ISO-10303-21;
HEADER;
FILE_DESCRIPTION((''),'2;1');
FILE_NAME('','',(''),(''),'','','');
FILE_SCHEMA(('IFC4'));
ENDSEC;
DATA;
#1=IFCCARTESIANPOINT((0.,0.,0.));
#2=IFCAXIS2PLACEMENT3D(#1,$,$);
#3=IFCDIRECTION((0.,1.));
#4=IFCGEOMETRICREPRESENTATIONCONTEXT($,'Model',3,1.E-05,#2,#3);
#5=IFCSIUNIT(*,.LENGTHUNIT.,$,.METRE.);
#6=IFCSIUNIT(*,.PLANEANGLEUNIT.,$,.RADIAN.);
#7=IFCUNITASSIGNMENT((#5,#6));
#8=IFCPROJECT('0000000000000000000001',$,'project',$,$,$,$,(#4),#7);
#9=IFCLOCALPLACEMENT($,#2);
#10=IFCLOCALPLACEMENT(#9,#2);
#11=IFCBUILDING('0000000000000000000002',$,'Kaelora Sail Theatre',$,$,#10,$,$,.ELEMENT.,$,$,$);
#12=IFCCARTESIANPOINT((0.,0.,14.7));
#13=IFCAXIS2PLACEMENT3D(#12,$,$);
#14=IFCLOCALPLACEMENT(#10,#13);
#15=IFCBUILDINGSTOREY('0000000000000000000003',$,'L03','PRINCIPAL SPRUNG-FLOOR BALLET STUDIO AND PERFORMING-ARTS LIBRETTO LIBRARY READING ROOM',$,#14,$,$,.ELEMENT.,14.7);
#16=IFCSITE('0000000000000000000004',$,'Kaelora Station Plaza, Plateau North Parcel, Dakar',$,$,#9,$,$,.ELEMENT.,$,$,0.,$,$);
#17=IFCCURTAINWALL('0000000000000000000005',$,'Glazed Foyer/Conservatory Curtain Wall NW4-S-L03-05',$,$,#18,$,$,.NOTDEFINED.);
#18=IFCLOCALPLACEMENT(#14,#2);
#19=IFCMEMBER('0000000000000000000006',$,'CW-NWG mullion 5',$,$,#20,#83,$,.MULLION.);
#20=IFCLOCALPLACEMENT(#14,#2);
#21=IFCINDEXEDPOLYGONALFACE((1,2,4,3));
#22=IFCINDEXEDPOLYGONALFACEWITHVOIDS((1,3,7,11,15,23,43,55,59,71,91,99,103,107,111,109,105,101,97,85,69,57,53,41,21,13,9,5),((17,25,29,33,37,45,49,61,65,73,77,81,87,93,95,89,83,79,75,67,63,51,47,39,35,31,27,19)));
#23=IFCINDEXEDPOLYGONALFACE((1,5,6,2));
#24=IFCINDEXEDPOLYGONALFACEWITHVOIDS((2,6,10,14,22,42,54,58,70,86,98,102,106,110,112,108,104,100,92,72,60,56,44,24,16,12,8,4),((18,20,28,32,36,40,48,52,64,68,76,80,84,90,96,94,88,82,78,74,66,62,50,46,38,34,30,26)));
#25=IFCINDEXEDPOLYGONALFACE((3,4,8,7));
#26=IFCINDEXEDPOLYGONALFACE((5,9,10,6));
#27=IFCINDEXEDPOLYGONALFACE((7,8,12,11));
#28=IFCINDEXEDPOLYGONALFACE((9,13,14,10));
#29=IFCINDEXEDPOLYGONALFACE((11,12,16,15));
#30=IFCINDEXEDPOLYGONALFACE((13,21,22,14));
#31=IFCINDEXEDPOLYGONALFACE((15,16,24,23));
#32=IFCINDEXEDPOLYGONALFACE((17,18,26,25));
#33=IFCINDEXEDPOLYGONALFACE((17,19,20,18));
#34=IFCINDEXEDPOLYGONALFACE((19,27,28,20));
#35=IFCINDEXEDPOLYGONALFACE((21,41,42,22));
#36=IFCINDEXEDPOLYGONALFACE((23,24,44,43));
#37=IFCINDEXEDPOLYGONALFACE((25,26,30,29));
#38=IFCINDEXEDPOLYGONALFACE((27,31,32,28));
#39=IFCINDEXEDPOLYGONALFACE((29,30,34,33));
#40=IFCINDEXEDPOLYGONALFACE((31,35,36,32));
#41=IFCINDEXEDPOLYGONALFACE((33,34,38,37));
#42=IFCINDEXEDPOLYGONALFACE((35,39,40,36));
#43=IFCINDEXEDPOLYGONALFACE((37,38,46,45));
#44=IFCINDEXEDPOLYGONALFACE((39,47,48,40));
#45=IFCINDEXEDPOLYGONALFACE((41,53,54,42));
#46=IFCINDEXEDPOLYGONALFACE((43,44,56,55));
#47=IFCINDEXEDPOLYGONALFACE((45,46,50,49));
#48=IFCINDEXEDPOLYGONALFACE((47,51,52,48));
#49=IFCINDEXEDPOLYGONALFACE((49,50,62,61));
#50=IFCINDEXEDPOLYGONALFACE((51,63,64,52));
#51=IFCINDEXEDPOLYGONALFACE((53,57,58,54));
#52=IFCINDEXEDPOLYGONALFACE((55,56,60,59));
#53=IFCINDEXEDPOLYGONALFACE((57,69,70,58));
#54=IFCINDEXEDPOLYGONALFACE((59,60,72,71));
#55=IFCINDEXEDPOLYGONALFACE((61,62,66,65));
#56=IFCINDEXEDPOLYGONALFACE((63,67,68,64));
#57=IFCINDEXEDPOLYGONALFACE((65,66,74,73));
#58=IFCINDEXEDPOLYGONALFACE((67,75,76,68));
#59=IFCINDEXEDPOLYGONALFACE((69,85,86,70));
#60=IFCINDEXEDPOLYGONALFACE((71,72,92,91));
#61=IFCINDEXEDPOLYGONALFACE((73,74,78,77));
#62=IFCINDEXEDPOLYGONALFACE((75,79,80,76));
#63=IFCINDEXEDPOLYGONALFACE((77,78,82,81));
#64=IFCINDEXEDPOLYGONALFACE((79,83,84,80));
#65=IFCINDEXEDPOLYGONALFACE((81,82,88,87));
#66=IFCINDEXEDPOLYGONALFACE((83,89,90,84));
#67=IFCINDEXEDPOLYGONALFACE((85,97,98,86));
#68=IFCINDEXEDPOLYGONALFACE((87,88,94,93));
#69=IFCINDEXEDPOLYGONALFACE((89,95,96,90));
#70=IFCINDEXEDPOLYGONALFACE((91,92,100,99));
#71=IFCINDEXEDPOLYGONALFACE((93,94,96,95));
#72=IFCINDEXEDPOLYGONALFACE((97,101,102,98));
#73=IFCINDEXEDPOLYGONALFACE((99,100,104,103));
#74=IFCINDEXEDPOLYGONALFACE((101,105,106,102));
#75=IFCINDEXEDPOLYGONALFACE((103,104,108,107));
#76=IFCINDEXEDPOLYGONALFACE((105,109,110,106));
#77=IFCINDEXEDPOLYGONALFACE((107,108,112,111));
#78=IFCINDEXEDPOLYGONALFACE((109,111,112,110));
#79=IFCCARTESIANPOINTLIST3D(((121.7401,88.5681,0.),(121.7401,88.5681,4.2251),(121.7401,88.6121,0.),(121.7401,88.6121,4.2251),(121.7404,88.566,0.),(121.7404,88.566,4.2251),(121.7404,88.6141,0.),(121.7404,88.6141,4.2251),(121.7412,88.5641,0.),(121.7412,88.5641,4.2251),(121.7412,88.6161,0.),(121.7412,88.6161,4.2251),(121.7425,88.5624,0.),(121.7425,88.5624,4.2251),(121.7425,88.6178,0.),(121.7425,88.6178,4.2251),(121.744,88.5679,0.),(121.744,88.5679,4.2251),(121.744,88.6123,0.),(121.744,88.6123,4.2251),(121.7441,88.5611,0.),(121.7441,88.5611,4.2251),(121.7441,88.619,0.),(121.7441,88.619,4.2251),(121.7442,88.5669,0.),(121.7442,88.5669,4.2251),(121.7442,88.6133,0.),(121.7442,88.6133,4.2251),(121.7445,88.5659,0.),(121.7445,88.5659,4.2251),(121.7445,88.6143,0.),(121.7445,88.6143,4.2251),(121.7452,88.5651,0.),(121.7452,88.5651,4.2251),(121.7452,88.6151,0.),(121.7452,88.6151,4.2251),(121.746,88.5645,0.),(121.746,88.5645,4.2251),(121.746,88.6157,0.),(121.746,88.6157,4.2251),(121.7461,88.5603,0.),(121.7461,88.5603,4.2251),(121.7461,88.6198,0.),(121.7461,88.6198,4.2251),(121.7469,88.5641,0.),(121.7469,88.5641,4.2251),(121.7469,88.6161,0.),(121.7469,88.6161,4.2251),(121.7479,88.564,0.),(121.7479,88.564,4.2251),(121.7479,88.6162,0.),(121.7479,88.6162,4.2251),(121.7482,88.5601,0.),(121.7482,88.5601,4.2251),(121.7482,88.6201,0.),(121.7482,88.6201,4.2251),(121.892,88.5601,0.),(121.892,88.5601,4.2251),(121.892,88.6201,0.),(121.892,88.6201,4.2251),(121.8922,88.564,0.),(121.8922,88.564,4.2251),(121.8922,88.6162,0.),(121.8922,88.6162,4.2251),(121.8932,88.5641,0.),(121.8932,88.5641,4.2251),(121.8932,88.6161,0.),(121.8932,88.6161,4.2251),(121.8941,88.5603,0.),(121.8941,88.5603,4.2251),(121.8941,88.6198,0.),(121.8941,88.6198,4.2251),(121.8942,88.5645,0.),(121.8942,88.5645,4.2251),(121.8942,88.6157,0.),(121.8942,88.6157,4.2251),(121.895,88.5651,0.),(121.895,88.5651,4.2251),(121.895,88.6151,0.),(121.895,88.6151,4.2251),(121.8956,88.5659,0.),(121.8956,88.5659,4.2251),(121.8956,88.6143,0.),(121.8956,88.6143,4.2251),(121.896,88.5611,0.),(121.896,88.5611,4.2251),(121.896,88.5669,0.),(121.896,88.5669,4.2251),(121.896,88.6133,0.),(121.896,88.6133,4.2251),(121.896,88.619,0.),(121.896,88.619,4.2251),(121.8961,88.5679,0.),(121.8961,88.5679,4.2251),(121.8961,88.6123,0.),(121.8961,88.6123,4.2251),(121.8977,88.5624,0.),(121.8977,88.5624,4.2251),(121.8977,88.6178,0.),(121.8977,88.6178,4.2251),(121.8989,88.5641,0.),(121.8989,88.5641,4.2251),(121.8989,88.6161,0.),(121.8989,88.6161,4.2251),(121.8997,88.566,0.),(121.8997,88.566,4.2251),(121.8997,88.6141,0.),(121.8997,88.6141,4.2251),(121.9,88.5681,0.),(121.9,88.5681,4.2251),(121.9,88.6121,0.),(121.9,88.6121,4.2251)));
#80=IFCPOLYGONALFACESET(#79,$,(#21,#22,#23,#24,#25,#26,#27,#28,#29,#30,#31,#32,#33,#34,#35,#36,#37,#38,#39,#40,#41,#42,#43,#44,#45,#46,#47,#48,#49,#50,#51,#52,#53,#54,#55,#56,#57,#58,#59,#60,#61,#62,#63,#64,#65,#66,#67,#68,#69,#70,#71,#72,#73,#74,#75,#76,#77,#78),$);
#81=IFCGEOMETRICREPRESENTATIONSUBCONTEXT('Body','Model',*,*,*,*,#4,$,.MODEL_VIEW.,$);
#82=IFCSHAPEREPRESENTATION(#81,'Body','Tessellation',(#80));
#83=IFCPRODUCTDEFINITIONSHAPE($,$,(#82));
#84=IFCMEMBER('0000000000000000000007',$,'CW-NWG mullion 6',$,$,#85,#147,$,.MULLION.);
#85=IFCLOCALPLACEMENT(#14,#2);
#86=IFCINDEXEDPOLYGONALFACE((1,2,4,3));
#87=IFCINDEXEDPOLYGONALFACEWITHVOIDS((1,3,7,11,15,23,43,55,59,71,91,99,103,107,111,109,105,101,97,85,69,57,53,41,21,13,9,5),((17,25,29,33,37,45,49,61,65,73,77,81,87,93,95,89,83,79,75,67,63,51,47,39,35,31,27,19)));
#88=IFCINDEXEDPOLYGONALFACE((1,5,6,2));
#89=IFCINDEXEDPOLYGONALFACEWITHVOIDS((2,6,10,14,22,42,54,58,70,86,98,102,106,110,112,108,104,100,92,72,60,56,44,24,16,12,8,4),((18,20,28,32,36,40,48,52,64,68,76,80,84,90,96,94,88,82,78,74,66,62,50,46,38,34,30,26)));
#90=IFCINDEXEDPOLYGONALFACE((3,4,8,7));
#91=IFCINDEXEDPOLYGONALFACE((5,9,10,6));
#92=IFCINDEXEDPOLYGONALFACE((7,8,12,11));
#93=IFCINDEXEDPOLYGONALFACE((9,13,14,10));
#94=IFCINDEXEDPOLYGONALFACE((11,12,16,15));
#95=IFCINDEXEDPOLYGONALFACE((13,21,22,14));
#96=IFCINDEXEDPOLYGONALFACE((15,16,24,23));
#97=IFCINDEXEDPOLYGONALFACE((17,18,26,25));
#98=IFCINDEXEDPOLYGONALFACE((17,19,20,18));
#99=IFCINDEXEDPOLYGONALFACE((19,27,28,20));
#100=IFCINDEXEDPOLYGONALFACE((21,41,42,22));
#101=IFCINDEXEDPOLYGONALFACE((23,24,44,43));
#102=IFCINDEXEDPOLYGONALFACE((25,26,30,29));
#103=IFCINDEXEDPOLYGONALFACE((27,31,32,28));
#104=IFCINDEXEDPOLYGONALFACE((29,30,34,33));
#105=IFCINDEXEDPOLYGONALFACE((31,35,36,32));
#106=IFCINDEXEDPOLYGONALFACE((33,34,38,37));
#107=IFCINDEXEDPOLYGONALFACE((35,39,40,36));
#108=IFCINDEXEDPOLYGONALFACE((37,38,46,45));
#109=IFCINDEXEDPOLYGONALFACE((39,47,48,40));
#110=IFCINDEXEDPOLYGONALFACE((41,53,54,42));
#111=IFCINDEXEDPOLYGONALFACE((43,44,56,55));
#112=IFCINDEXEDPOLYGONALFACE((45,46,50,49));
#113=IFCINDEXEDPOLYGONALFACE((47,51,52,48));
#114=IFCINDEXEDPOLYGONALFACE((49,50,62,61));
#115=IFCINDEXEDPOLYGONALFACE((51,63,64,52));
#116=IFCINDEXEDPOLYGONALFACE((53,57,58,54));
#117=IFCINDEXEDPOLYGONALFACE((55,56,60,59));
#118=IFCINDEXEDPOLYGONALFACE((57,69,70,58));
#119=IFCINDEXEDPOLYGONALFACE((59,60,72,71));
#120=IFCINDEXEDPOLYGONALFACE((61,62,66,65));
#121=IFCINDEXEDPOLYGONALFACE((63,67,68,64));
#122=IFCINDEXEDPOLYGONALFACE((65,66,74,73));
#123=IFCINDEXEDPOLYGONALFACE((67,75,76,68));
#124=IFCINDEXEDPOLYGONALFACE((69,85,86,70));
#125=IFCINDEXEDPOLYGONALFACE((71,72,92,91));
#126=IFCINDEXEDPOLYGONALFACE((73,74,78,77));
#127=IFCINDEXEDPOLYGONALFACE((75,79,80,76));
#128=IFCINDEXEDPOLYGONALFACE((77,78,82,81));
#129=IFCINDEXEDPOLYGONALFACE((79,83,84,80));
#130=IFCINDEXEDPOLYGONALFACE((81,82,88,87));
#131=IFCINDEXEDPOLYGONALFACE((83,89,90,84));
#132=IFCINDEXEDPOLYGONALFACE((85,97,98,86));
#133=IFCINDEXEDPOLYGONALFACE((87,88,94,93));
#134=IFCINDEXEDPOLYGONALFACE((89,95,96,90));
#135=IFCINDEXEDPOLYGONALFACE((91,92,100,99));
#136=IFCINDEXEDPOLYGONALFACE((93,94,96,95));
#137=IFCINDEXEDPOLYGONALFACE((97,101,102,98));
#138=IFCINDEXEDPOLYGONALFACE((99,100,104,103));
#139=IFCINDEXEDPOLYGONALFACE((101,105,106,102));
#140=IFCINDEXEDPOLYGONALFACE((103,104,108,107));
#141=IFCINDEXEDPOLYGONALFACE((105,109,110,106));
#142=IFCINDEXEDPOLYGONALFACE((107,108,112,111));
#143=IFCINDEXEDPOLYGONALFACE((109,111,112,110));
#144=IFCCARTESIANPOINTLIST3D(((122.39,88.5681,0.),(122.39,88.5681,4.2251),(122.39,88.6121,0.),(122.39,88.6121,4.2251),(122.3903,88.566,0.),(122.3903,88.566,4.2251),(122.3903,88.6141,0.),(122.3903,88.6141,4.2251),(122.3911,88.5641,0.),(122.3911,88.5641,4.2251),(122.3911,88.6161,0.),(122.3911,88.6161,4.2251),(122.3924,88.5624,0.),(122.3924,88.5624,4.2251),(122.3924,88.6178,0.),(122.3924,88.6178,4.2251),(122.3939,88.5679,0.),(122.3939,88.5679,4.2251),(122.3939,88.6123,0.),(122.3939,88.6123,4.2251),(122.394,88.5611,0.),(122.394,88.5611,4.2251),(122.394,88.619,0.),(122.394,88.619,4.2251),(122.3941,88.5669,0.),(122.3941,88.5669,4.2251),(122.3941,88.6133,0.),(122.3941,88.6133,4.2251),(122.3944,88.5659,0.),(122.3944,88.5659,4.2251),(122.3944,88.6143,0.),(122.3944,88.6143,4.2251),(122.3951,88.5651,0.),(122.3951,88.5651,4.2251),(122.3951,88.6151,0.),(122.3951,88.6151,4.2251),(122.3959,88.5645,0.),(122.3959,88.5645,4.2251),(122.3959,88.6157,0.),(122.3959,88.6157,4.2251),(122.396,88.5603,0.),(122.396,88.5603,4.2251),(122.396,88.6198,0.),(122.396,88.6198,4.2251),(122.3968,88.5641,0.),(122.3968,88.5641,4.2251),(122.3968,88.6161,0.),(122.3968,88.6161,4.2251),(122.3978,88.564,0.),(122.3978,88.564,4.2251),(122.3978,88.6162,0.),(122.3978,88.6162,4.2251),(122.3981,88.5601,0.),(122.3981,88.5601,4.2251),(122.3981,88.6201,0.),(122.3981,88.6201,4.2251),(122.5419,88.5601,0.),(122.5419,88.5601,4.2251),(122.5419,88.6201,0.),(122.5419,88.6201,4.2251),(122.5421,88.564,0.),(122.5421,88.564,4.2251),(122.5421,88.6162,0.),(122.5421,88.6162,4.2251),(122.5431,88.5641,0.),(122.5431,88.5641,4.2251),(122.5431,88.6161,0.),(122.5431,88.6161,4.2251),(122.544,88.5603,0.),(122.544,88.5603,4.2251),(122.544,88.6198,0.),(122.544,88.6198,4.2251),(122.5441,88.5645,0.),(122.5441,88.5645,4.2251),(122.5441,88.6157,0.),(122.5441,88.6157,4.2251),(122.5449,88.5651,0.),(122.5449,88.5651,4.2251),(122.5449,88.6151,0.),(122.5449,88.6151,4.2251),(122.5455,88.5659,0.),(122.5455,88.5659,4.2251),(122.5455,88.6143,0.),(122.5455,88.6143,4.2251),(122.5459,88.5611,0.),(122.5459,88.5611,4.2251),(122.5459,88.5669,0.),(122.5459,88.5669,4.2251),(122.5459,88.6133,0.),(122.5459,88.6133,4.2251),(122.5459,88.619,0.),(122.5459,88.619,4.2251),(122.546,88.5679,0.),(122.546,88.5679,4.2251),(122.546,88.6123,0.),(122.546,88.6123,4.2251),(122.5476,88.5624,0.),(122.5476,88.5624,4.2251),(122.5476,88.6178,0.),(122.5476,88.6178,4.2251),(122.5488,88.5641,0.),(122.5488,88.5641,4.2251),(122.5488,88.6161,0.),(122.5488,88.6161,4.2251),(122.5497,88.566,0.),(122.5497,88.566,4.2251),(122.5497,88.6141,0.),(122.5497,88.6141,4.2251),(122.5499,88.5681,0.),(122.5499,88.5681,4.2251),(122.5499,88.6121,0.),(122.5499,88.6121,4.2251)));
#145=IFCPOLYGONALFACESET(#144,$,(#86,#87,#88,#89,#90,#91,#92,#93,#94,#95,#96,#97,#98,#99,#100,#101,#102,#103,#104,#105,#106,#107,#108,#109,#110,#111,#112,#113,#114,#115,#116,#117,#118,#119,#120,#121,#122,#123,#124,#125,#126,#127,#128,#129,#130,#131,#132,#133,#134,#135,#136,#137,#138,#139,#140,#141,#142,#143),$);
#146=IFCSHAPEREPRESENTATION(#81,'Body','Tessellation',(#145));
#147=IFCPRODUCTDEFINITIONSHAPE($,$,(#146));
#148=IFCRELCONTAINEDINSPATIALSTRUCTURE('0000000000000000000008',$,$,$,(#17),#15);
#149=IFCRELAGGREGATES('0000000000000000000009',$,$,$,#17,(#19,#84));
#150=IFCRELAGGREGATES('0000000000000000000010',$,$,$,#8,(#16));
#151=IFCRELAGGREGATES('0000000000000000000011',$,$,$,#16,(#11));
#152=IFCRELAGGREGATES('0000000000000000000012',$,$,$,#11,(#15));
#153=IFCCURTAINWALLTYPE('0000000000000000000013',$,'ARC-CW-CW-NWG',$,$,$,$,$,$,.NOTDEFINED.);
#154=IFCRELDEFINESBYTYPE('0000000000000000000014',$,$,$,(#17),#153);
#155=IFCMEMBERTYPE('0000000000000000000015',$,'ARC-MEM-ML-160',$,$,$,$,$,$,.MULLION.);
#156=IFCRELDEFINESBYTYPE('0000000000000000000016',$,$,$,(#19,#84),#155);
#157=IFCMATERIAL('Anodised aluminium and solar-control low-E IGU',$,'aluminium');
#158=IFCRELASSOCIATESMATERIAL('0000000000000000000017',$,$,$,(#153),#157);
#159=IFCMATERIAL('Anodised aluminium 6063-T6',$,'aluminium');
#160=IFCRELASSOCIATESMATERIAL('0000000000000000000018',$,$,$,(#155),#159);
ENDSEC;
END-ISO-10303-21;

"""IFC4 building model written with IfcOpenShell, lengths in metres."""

from ifc_helpers import new_model, si_unit, direction, frame, origin, origin_2d, place, context, subcontext, project, spatial, hollow_rectangle, extrude, material, material_profile, profile_set, type_object, element, aggregate, save


model = new_model("IFC4")

# Units and contexts
model_context = context("Model", 3, precision=1e-05, world=origin(), true_north=direction((0.0, 1.0)))
body_context = subcontext(model_context, "Body", "Model", "MODEL_VIEW")
ifc_project = project(units=[si_unit("LENGTHUNIT", "METRE"), si_unit("PLANEANGLEUNIT", "RADIAN")], contexts=[model_context])

# Site, building, storey
site_placement = place(None, origin())
site = spatial("IfcSite", under=ifc_project, at=site_placement, Name="Kaelora Station Plaza, Plateau North Parcel, Dakar", CompositionType="ELEMENT", RefElevation=0.0)
building_placement = place(site_placement, origin())
building = spatial("IfcBuilding", under=site, at=building_placement, Name="Kaelora Sail Theatre", CompositionType="ELEMENT")
storey_placement = place(building_placement, frame((0.0, 0.0, 14.7)))
storey = spatial("IfcBuildingStorey", under=building, at=storey_placement, Name="L03", Description="PRINCIPAL SPRUNG-FLOOR BALLET STUDIO AND PERFORMING-ARTS LIBRETTO LIBRARY READING ROOM", CompositionType="ELEMENT", Elevation=14.7)

# Curtain wall, members
ifc_material_1 = material(Name="Anodised aluminium and solar-control low-E IGU", Category="aluminium")
curtain_wall_type = type_object("IfcCurtainWallType", Name="ARC-CW-CW-NWG", PredefinedType="NOTDEFINED", material=ifc_material_1)
curtain_wall_1_placement = place(storey_placement, origin())
curtain_wall_1 = element("IfcCurtainWall", 1, at=curtain_wall_1_placement, inside=storey, type_object=curtain_wall_type, Name="Glazed Foyer/Conservatory Curtain Wall NW4-S-L03-05", PredefinedType="NOTDEFINED")
ifc_material_2 = material(Name="Anodised aluminium 6063-T6", Category="aluminium")
ifc_material_profile_1 = material_profile(ifc_material_2, hollow_rectangle(XDim=0.0601, YDim=0.1599, WallThickness=0.0039, InnerFilletRadius=0.0039, OuterFilletRadius=0.0081, at=origin_2d()), Name="ALU-MULL 60x160x4")
ifc_profile_set_1 = profile_set([ifc_material_profile_1], Name="Anodised aluminium 6063-T6")
member_type_1 = type_object("IfcMemberType", Name="ARC-MEM-ML-160", PredefinedType="MULLION", material=ifc_profile_set_1)
member_1_placement = place(storey_placement, frame((121.8201, 88.5901, 0.0), z_axis=(0.0, 0.0, 1.0), x_axis=(0.0, 1.0, 0.0)))
member_1 = element("IfcMember", 2, at=member_1_placement, type_object=member_type_1, Name="CW-NWG mullion 5", PredefinedType="MULLION", context=body_context, shape_type="SweptSolid", body=[
    extrude(hollow_rectangle(XDim=0.0601, YDim=0.1599, WallThickness=0.0039, InnerFilletRadius=0.0039, OuterFilletRadius=0.0081, at=origin_2d()), origin(), (0.0, 0.0, 1.0), 4.2251),
])
member_2_placement = place(storey_placement, frame((122.47, 88.5901, 0.0), z_axis=(0.0, 0.0, 1.0), x_axis=(0.0, 1.0, 0.0)))
member_2 = element("IfcMember", 3, at=member_2_placement, type_object=member_type_1, Name="CW-NWG mullion 6", PredefinedType="MULLION", context=body_context, shape_type="SweptSolid", body=[
    extrude(hollow_rectangle(XDim=0.0601, YDim=0.1599, WallThickness=0.0039, InnerFilletRadius=0.0039, OuterFilletRadius=0.0081, at=origin_2d()), origin(), (0.0, 0.0, 1.0), 4.2251),
])

aggregate(curtain_wall_1, [member_1, member_2])

save(model, "model.ifc")
